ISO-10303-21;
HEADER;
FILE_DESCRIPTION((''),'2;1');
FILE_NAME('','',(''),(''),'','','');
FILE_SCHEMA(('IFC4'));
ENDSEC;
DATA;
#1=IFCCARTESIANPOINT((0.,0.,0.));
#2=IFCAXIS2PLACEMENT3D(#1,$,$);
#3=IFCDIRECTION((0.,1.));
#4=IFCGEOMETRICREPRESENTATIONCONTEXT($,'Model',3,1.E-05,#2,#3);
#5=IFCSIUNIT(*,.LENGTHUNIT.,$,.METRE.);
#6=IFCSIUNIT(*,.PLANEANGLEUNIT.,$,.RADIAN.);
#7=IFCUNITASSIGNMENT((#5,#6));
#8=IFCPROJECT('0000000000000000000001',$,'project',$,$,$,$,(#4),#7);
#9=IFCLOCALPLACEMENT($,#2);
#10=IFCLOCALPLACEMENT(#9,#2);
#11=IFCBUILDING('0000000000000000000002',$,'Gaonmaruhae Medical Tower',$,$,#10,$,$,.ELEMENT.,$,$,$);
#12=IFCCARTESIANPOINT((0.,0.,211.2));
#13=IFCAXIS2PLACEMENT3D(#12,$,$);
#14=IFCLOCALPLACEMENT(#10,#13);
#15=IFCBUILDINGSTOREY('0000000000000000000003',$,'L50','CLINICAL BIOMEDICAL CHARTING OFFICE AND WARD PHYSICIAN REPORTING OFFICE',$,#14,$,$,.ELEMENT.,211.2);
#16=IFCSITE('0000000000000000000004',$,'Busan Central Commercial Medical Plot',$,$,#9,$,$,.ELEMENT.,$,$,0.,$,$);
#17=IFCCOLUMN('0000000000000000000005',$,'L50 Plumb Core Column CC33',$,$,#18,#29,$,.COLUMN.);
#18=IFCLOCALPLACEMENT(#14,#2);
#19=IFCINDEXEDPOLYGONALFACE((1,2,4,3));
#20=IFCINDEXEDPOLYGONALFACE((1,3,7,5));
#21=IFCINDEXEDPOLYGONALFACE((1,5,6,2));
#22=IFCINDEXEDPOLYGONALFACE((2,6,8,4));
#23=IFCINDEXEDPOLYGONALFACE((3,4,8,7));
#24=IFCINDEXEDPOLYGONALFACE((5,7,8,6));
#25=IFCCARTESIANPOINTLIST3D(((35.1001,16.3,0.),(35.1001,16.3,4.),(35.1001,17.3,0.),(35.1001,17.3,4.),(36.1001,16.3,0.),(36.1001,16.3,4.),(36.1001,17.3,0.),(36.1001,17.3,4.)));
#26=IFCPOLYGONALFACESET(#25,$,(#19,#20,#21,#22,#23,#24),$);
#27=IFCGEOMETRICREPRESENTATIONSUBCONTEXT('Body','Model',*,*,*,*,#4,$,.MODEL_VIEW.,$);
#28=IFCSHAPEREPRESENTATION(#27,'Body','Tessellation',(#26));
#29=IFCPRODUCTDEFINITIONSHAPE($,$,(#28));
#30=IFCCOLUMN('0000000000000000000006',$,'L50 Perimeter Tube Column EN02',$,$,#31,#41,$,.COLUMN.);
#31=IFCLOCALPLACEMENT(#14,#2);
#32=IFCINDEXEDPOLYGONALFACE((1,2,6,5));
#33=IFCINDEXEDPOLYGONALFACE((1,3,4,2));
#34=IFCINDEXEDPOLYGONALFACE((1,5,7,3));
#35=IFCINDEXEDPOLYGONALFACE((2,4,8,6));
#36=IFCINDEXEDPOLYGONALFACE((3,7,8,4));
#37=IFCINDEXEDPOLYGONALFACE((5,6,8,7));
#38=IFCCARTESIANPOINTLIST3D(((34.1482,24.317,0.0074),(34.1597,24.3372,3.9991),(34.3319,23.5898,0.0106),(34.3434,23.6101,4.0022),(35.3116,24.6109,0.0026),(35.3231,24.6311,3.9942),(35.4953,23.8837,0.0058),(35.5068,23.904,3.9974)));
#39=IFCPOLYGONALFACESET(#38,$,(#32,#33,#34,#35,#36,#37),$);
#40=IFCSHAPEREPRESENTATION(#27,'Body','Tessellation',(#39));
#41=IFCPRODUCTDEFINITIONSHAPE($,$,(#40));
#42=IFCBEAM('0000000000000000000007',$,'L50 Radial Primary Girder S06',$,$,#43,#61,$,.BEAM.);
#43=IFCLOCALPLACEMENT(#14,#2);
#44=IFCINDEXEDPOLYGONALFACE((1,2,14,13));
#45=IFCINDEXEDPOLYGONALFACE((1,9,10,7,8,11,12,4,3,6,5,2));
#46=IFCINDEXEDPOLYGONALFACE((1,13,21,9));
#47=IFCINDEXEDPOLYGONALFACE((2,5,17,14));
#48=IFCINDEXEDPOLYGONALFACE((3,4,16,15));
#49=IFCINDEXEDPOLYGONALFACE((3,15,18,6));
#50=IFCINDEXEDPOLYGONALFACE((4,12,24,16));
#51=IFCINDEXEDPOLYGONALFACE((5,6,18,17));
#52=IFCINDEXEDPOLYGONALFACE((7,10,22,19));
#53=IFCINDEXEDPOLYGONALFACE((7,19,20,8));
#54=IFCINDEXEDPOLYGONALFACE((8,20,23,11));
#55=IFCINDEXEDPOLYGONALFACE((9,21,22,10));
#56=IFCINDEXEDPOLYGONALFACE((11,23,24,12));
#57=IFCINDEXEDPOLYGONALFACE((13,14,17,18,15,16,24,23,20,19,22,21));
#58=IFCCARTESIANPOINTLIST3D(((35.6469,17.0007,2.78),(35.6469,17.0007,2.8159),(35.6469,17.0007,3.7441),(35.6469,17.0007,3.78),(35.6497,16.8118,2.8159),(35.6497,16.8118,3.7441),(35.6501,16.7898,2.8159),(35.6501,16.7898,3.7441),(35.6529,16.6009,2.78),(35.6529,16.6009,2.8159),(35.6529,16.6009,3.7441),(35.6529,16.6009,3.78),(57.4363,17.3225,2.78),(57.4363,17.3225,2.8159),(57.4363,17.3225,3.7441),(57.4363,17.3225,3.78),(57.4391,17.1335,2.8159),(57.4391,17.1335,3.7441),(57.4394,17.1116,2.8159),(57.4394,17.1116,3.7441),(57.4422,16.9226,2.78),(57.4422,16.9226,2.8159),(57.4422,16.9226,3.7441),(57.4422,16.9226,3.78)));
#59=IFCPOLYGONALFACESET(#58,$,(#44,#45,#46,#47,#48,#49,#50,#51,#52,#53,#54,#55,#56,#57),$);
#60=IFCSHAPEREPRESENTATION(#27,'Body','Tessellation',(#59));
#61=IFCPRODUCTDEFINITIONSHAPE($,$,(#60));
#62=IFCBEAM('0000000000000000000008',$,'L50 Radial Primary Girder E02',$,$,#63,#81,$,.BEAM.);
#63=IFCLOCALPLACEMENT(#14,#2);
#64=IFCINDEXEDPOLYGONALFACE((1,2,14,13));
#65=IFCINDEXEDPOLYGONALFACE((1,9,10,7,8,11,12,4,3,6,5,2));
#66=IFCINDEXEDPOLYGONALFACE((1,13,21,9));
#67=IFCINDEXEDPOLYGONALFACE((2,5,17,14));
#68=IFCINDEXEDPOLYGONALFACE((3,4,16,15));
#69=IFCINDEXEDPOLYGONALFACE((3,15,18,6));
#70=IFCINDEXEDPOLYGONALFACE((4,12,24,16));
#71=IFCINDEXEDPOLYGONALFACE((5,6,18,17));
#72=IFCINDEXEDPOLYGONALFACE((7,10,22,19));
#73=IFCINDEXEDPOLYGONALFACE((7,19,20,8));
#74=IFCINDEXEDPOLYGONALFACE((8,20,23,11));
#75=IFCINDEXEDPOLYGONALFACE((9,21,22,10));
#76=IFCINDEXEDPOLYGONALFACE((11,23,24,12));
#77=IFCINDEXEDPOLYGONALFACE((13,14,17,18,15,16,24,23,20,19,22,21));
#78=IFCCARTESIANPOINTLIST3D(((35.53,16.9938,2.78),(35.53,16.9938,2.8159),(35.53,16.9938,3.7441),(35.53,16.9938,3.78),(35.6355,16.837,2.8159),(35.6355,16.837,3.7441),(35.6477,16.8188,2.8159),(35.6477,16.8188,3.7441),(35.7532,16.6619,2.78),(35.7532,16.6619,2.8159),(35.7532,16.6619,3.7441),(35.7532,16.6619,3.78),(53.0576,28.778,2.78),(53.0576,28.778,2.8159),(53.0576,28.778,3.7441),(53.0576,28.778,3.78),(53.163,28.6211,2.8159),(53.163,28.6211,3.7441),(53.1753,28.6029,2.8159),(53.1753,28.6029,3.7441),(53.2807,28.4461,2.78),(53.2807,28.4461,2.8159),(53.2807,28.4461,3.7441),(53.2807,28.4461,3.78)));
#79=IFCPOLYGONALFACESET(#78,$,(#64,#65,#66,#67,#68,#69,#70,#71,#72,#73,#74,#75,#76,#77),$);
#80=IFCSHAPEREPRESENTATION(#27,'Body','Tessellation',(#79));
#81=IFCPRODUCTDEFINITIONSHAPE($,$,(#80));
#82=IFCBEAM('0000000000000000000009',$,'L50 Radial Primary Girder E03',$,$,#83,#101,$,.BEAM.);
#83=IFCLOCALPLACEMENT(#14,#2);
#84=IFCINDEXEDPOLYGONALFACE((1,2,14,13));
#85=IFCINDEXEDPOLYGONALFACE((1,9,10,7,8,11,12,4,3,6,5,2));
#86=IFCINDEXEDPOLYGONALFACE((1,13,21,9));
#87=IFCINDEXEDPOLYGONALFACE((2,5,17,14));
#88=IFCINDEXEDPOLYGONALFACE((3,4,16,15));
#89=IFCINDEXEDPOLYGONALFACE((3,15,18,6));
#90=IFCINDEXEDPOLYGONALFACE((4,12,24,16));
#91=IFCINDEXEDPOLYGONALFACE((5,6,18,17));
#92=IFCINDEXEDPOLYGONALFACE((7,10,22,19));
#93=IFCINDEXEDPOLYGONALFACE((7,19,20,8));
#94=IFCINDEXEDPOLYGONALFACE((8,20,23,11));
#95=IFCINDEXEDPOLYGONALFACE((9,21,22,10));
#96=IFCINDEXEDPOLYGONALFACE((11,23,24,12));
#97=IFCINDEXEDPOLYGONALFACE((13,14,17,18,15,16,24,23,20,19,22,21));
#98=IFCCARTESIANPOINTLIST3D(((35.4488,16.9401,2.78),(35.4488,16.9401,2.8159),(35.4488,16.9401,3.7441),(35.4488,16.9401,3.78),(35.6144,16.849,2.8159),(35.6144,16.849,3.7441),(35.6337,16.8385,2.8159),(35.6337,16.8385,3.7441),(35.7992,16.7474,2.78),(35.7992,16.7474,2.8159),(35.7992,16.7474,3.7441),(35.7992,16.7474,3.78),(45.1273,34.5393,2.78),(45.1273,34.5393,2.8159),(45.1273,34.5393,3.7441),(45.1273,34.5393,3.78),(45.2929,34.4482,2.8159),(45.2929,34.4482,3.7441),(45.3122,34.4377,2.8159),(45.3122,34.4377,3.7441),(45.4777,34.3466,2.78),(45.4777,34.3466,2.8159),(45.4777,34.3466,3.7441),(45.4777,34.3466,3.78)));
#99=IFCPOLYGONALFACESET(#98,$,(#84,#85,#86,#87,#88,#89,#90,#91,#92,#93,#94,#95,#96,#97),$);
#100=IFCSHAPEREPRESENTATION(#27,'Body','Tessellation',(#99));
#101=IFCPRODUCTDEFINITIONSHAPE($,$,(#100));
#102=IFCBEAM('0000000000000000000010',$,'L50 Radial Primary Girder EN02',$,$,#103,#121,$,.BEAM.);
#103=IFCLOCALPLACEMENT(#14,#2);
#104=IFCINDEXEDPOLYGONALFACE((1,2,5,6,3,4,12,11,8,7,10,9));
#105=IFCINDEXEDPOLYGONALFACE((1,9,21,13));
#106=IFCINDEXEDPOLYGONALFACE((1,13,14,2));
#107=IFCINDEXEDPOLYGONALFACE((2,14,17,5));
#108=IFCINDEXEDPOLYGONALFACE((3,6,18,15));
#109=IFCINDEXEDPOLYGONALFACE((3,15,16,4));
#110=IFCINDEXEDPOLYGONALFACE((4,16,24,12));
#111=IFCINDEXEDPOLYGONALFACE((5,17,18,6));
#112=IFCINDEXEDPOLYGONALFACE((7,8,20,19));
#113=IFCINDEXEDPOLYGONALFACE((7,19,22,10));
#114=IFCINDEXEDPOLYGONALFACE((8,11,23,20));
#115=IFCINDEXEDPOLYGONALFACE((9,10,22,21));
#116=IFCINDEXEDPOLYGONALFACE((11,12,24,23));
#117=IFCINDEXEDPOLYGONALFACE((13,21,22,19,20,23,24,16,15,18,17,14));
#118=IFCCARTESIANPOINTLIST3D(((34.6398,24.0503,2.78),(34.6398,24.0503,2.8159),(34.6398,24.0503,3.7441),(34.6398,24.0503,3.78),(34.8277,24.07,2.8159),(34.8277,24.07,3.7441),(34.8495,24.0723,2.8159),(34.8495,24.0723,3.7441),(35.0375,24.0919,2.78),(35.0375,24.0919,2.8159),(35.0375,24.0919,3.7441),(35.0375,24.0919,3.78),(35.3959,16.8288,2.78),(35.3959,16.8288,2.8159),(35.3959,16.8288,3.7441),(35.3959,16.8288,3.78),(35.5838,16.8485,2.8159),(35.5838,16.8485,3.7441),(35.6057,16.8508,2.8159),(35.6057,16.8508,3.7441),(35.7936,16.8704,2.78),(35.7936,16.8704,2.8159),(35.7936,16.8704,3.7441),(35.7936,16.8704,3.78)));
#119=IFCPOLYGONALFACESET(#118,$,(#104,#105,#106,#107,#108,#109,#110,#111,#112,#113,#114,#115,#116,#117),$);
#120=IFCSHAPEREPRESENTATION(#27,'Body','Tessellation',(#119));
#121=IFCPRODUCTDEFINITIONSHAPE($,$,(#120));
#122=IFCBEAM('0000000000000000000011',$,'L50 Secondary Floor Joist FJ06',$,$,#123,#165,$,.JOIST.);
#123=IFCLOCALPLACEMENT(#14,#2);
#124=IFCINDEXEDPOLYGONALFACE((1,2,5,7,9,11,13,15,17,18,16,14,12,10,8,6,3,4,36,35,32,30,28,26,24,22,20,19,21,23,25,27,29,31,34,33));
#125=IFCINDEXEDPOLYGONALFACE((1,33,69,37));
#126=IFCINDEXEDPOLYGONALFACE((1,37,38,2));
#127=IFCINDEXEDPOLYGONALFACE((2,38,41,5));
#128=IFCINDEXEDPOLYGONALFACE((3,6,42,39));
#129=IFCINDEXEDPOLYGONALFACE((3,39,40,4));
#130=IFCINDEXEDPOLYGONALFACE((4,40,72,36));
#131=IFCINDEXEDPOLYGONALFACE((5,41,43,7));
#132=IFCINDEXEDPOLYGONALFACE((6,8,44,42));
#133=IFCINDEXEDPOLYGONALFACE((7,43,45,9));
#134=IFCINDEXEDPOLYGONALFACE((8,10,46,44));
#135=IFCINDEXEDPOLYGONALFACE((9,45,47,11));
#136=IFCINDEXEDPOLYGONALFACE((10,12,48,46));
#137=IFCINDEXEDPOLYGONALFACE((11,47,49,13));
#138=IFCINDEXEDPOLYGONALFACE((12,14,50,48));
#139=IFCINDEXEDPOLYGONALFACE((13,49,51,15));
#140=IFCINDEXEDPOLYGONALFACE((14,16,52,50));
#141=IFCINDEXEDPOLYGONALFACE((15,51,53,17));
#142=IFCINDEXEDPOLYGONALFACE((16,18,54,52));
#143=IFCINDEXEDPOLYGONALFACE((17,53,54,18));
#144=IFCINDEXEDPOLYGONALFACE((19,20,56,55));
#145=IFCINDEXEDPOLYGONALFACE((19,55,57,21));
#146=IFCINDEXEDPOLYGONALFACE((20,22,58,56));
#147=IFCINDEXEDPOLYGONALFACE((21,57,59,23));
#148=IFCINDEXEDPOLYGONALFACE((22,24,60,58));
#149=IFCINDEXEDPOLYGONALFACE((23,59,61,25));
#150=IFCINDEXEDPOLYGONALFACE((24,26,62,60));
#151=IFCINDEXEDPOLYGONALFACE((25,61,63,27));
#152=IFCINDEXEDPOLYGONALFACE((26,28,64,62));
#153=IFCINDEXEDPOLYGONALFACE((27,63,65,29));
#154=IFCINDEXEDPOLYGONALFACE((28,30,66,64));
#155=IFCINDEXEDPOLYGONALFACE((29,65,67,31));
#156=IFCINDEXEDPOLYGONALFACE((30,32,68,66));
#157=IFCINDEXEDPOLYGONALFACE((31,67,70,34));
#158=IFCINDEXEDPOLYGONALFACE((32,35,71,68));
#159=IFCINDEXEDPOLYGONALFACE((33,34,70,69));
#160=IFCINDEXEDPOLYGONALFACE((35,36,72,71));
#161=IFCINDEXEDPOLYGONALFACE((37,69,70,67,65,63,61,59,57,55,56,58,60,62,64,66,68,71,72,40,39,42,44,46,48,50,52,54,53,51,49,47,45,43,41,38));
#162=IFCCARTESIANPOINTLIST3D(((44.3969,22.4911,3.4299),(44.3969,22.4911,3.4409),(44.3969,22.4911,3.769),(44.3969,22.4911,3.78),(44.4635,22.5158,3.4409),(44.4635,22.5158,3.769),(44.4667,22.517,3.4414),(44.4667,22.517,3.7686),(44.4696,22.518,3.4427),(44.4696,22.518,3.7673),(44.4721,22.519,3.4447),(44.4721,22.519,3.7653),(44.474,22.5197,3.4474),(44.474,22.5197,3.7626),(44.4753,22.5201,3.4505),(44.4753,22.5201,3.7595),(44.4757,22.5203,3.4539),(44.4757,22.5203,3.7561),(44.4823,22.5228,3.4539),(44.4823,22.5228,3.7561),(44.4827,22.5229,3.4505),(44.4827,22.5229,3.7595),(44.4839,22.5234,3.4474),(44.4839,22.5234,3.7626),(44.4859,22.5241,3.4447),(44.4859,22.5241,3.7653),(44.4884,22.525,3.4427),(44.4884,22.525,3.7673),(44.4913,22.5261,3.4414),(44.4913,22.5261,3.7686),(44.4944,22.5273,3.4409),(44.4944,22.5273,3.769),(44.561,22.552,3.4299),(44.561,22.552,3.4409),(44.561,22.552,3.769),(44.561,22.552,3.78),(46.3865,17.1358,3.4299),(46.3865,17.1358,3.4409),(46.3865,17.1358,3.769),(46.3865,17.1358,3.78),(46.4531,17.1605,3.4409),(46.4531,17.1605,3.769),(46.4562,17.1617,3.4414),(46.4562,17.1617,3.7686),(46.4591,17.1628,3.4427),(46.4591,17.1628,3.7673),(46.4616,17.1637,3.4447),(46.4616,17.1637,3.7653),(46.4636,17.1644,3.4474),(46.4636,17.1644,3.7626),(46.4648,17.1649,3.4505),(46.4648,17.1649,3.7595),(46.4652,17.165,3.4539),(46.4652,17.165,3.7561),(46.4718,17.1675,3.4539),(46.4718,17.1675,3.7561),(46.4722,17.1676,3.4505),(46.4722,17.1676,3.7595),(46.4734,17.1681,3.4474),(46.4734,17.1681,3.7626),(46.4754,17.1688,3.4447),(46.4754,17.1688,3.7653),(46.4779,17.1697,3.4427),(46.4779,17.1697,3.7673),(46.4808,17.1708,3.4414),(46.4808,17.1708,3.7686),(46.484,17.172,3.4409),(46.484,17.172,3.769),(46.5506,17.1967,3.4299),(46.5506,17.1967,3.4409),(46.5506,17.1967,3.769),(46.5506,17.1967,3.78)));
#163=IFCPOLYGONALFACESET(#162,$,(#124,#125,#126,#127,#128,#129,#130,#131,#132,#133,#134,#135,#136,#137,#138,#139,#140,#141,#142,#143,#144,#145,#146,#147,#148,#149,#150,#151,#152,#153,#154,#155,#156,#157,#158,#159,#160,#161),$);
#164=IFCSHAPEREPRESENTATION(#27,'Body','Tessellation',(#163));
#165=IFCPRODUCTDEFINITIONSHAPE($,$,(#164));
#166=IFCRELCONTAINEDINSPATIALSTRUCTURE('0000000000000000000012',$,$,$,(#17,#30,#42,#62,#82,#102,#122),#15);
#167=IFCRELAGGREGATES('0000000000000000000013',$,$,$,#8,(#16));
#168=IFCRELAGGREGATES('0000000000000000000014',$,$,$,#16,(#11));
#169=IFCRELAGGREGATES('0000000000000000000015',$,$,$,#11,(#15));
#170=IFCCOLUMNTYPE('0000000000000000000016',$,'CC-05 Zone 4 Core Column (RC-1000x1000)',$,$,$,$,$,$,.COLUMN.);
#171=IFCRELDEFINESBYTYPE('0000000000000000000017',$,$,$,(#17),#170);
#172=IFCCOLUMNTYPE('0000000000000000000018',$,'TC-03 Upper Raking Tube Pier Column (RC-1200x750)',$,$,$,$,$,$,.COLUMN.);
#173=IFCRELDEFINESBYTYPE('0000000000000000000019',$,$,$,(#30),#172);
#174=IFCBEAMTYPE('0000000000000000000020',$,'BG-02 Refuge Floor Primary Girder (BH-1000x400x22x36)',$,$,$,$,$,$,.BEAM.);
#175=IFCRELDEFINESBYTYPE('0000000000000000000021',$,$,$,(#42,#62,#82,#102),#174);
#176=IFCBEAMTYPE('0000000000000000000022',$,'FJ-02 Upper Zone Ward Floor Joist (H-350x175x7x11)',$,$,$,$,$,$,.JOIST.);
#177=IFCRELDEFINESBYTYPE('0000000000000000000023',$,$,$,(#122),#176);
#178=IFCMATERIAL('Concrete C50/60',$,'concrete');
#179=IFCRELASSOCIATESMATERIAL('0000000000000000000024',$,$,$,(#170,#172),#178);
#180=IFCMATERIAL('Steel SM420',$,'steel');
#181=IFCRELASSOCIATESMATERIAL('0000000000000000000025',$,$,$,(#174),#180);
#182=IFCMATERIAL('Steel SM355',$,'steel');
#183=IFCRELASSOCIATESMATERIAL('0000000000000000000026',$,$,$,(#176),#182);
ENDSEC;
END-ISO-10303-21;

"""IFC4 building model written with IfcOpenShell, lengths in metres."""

from ifc_helpers import new_model, si_unit, direction, frame, origin, origin_2d, place, context, subcontext, project, spatial, rectangle, i_section, extrude, material, material_profile, profile_set, type_object, element, save


model = new_model("IFC4")

# Units and contexts
model_context = context("Model", 3, precision=1e-05, world=origin(), true_north=direction((0.0, 1.0)))
body_context = subcontext(model_context, "Body", "Model", "MODEL_VIEW")
ifc_project = project(units=[si_unit("LENGTHUNIT", "METRE"), si_unit("PLANEANGLEUNIT", "RADIAN")], contexts=[model_context])

# Site, building, storey
site_placement = place(None, origin())
site = spatial("IfcSite", under=ifc_project, at=site_placement, Name="Busan Central Commercial Medical Plot", CompositionType="ELEMENT", RefElevation=0.0)
building_placement = place(site_placement, origin())
building = spatial("IfcBuilding", under=site, at=building_placement, Name="Gaonmaruhae Medical Tower", CompositionType="ELEMENT")
storey_placement = place(building_placement, frame((0.0, 0.0, 211.2)))
storey = spatial("IfcBuildingStorey", under=building, at=storey_placement, Name="L50", Description="CLINICAL BIOMEDICAL CHARTING OFFICE AND WARD PHYSICIAN REPORTING OFFICE", CompositionType="ELEMENT", Elevation=211.2)

# Columns
ifc_material_1 = material(Name="Concrete C50/60", Category="concrete")
ifc_material_profile_1 = material_profile(ifc_material_1, rectangle(XDim=1.0, YDim=1.0, at=origin_2d()), Name="RC-1000x1000")
ifc_profile_set_1 = profile_set([ifc_material_profile_1], Name="Concrete C50/60")
column_type_1 = type_object("IfcColumnType", Name="CC-05 Zone 4 Core Column (RC-1000x1000)", PredefinedType="COLUMN", material=ifc_profile_set_1)
column_1_placement = place(storey_placement, frame((35.6001, 16.8, 0.0), z_axis=(0.0, 0.0, 1.0), x_axis=(1.0, 0.0, 0.0)))
element("IfcColumn", 1, at=column_1_placement, inside=storey, type_object=column_type_1, Name="L50 Plumb Core Column CC33", PredefinedType="COLUMN", context=body_context, shape_type="SweptSolid", body=[
    extrude(rectangle(XDim=1.0, YDim=1.0, at=origin_2d()), origin(), (0.0, 0.0, 1.0), 4.0),
])
ifc_material_profile_2 = material_profile(ifc_material_1, rectangle(XDim=1.2, YDim=0.75, at=origin_2d()), Name="RC-1200x750")
ifc_profile_set_2 = profile_set([ifc_material_profile_2], Name="Concrete C50/60")
column_type_2 = type_object("IfcColumnType", Name="TC-03 Upper Raking Tube Pier Column (RC-1200x750)", PredefinedType="COLUMN", material=ifc_profile_set_2)
column_2_placement = place(storey_placement, frame((34.8218, 24.1003, 0.0066), z_axis=(0.002875, 0.005076, 0.999983), x_axis=(-0.969531, -0.244936, 0.00403)))
element("IfcColumn", 2, at=column_2_placement, inside=storey, type_object=column_type_2, Name="L50 Perimeter Tube Column EN02", PredefinedType="COLUMN", context=body_context, shape_type="SweptSolid", body=[
    extrude(rectangle(XDim=1.2, YDim=0.75, at=origin_2d()), origin(), (0.0, 0.0, 1.0), 3.9917),
])

# Beams
ifc_material_2 = material(Name="Steel SM420", Category="steel")
ifc_material_profile_3 = material_profile(ifc_material_2, i_section(OverallWidth=0.3999, OverallDepth=1.0, WebThickness=0.022, FlangeThickness=0.0359, at=origin_2d()), Name="BH-1000x400x22x36")
ifc_profile_set_3 = profile_set([ifc_material_profile_3], Name="Steel SM420")
beam_type_1 = type_object("IfcBeamType", Name="BG-02 Refuge Floor Primary Girder (BH-1000x400x22x36)", PredefinedType="BEAM", material=ifc_profile_set_3)
beam_1_placement = place(storey_placement, frame((35.6499, 16.8008, 3.28), z_axis=(0.999891, 0.014766, 0.0), x_axis=(-0.014766, 0.999891, 0.0)))
element("IfcBeam", 3, at=beam_1_placement, inside=storey, type_object=beam_type_1, Name="L50 Radial Primary Girder S06", PredefinedType="BEAM", context=body_context, shape_type="SweptSolid", body=[
    extrude(i_section(OverallWidth=0.3999, OverallDepth=1.0, WebThickness=0.022, FlangeThickness=0.0359, at=origin_2d()), origin(), (0.0, 0.0, 1.0), 21.7917),
])
beam_2_placement = place(storey_placement, frame((35.6416, 16.8279, 3.28), z_axis=(0.829878, 0.557945, 0.0), x_axis=(-0.557945, 0.829878, 0.0)))
element("IfcBeam", 4, at=beam_2_placement, inside=storey, type_object=beam_type_1, Name="L50 Radial Primary Girder E02", PredefinedType="BEAM", context=body_context, shape_type="SweptSolid", body=[
    extrude(i_section(OverallWidth=0.3999, OverallDepth=1.0, WebThickness=0.022, FlangeThickness=0.0359, at=origin_2d()), origin(), (0.0, 0.0, 1.0), 21.1206),
])
beam_3_placement = place(storey_placement, frame((35.624, 16.8438, 3.28), z_axis=(0.481879, 0.876238, 0.0), x_axis=(-0.876238, 0.481879, 0.0)))
element("IfcBeam", 5, at=beam_3_placement, inside=storey, type_object=beam_type_1, Name="L50 Radial Primary Girder E03", PredefinedType="BEAM", context=body_context, shape_type="SweptSolid", body=[
    extrude(i_section(OverallWidth=0.3999, OverallDepth=1.0, WebThickness=0.022, FlangeThickness=0.0359, at=origin_2d()), origin(), (0.0, 0.0, 1.0), 20.085),
])
beam_4_placement = place(storey_placement, frame((35.5947, 16.8496, 3.28), z_axis=(-0.104133, 0.994563, 0.0), x_axis=(-0.994563, -0.104133, 0.0)))
element("IfcBeam", 6, at=beam_4_placement, inside=storey, type_object=beam_type_1, Name="L50 Radial Primary Girder EN02", PredefinedType="BEAM", context=body_context, shape_type="SweptSolid", body=[
    extrude(i_section(OverallWidth=0.3999, OverallDepth=1.0, WebThickness=0.022, FlangeThickness=0.0359, at=origin_2d()), origin(), (0.0, 0.0, 1.0), 7.261),
])
ifc_material_3 = material(Name="Steel SM355", Category="steel")
ifc_material_profile_4 = material_profile(ifc_material_3, i_section(OverallWidth=0.175, OverallDepth=0.3501, WebThickness=0.0071, FlangeThickness=0.011, FilletRadius=0.0129, at=origin_2d()), Name="H-350x175x7x11")
ifc_profile_set_4 = profile_set([ifc_material_profile_4], Name="Steel SM355")
beam_type_2 = type_object("IfcBeamType", Name="FJ-02 Upper Zone Ward Floor Joist (H-350x175x7x11)", PredefinedType="JOIST", material=ifc_profile_set_4)
beam_5_placement = place(storey_placement, frame((46.4685, 17.1663, 3.605), z_axis=(-0.348251, 0.937401, 0.0), x_axis=(-0.937401, -0.348251, 0.0)))
element("IfcBeam", 7, at=beam_5_placement, inside=storey, type_object=beam_type_2, Name="L50 Secondary Floor Joist FJ06", PredefinedType="JOIST", context=body_context, shape_type="SweptSolid", body=[
    extrude(i_section(OverallWidth=0.175, OverallDepth=0.3501, WebThickness=0.0071, FlangeThickness=0.011, FilletRadius=0.0129, at=origin_2d()), origin(), (0.0, 0.0, 1.0), 5.7129),
])

save(model, "model.ifc")
